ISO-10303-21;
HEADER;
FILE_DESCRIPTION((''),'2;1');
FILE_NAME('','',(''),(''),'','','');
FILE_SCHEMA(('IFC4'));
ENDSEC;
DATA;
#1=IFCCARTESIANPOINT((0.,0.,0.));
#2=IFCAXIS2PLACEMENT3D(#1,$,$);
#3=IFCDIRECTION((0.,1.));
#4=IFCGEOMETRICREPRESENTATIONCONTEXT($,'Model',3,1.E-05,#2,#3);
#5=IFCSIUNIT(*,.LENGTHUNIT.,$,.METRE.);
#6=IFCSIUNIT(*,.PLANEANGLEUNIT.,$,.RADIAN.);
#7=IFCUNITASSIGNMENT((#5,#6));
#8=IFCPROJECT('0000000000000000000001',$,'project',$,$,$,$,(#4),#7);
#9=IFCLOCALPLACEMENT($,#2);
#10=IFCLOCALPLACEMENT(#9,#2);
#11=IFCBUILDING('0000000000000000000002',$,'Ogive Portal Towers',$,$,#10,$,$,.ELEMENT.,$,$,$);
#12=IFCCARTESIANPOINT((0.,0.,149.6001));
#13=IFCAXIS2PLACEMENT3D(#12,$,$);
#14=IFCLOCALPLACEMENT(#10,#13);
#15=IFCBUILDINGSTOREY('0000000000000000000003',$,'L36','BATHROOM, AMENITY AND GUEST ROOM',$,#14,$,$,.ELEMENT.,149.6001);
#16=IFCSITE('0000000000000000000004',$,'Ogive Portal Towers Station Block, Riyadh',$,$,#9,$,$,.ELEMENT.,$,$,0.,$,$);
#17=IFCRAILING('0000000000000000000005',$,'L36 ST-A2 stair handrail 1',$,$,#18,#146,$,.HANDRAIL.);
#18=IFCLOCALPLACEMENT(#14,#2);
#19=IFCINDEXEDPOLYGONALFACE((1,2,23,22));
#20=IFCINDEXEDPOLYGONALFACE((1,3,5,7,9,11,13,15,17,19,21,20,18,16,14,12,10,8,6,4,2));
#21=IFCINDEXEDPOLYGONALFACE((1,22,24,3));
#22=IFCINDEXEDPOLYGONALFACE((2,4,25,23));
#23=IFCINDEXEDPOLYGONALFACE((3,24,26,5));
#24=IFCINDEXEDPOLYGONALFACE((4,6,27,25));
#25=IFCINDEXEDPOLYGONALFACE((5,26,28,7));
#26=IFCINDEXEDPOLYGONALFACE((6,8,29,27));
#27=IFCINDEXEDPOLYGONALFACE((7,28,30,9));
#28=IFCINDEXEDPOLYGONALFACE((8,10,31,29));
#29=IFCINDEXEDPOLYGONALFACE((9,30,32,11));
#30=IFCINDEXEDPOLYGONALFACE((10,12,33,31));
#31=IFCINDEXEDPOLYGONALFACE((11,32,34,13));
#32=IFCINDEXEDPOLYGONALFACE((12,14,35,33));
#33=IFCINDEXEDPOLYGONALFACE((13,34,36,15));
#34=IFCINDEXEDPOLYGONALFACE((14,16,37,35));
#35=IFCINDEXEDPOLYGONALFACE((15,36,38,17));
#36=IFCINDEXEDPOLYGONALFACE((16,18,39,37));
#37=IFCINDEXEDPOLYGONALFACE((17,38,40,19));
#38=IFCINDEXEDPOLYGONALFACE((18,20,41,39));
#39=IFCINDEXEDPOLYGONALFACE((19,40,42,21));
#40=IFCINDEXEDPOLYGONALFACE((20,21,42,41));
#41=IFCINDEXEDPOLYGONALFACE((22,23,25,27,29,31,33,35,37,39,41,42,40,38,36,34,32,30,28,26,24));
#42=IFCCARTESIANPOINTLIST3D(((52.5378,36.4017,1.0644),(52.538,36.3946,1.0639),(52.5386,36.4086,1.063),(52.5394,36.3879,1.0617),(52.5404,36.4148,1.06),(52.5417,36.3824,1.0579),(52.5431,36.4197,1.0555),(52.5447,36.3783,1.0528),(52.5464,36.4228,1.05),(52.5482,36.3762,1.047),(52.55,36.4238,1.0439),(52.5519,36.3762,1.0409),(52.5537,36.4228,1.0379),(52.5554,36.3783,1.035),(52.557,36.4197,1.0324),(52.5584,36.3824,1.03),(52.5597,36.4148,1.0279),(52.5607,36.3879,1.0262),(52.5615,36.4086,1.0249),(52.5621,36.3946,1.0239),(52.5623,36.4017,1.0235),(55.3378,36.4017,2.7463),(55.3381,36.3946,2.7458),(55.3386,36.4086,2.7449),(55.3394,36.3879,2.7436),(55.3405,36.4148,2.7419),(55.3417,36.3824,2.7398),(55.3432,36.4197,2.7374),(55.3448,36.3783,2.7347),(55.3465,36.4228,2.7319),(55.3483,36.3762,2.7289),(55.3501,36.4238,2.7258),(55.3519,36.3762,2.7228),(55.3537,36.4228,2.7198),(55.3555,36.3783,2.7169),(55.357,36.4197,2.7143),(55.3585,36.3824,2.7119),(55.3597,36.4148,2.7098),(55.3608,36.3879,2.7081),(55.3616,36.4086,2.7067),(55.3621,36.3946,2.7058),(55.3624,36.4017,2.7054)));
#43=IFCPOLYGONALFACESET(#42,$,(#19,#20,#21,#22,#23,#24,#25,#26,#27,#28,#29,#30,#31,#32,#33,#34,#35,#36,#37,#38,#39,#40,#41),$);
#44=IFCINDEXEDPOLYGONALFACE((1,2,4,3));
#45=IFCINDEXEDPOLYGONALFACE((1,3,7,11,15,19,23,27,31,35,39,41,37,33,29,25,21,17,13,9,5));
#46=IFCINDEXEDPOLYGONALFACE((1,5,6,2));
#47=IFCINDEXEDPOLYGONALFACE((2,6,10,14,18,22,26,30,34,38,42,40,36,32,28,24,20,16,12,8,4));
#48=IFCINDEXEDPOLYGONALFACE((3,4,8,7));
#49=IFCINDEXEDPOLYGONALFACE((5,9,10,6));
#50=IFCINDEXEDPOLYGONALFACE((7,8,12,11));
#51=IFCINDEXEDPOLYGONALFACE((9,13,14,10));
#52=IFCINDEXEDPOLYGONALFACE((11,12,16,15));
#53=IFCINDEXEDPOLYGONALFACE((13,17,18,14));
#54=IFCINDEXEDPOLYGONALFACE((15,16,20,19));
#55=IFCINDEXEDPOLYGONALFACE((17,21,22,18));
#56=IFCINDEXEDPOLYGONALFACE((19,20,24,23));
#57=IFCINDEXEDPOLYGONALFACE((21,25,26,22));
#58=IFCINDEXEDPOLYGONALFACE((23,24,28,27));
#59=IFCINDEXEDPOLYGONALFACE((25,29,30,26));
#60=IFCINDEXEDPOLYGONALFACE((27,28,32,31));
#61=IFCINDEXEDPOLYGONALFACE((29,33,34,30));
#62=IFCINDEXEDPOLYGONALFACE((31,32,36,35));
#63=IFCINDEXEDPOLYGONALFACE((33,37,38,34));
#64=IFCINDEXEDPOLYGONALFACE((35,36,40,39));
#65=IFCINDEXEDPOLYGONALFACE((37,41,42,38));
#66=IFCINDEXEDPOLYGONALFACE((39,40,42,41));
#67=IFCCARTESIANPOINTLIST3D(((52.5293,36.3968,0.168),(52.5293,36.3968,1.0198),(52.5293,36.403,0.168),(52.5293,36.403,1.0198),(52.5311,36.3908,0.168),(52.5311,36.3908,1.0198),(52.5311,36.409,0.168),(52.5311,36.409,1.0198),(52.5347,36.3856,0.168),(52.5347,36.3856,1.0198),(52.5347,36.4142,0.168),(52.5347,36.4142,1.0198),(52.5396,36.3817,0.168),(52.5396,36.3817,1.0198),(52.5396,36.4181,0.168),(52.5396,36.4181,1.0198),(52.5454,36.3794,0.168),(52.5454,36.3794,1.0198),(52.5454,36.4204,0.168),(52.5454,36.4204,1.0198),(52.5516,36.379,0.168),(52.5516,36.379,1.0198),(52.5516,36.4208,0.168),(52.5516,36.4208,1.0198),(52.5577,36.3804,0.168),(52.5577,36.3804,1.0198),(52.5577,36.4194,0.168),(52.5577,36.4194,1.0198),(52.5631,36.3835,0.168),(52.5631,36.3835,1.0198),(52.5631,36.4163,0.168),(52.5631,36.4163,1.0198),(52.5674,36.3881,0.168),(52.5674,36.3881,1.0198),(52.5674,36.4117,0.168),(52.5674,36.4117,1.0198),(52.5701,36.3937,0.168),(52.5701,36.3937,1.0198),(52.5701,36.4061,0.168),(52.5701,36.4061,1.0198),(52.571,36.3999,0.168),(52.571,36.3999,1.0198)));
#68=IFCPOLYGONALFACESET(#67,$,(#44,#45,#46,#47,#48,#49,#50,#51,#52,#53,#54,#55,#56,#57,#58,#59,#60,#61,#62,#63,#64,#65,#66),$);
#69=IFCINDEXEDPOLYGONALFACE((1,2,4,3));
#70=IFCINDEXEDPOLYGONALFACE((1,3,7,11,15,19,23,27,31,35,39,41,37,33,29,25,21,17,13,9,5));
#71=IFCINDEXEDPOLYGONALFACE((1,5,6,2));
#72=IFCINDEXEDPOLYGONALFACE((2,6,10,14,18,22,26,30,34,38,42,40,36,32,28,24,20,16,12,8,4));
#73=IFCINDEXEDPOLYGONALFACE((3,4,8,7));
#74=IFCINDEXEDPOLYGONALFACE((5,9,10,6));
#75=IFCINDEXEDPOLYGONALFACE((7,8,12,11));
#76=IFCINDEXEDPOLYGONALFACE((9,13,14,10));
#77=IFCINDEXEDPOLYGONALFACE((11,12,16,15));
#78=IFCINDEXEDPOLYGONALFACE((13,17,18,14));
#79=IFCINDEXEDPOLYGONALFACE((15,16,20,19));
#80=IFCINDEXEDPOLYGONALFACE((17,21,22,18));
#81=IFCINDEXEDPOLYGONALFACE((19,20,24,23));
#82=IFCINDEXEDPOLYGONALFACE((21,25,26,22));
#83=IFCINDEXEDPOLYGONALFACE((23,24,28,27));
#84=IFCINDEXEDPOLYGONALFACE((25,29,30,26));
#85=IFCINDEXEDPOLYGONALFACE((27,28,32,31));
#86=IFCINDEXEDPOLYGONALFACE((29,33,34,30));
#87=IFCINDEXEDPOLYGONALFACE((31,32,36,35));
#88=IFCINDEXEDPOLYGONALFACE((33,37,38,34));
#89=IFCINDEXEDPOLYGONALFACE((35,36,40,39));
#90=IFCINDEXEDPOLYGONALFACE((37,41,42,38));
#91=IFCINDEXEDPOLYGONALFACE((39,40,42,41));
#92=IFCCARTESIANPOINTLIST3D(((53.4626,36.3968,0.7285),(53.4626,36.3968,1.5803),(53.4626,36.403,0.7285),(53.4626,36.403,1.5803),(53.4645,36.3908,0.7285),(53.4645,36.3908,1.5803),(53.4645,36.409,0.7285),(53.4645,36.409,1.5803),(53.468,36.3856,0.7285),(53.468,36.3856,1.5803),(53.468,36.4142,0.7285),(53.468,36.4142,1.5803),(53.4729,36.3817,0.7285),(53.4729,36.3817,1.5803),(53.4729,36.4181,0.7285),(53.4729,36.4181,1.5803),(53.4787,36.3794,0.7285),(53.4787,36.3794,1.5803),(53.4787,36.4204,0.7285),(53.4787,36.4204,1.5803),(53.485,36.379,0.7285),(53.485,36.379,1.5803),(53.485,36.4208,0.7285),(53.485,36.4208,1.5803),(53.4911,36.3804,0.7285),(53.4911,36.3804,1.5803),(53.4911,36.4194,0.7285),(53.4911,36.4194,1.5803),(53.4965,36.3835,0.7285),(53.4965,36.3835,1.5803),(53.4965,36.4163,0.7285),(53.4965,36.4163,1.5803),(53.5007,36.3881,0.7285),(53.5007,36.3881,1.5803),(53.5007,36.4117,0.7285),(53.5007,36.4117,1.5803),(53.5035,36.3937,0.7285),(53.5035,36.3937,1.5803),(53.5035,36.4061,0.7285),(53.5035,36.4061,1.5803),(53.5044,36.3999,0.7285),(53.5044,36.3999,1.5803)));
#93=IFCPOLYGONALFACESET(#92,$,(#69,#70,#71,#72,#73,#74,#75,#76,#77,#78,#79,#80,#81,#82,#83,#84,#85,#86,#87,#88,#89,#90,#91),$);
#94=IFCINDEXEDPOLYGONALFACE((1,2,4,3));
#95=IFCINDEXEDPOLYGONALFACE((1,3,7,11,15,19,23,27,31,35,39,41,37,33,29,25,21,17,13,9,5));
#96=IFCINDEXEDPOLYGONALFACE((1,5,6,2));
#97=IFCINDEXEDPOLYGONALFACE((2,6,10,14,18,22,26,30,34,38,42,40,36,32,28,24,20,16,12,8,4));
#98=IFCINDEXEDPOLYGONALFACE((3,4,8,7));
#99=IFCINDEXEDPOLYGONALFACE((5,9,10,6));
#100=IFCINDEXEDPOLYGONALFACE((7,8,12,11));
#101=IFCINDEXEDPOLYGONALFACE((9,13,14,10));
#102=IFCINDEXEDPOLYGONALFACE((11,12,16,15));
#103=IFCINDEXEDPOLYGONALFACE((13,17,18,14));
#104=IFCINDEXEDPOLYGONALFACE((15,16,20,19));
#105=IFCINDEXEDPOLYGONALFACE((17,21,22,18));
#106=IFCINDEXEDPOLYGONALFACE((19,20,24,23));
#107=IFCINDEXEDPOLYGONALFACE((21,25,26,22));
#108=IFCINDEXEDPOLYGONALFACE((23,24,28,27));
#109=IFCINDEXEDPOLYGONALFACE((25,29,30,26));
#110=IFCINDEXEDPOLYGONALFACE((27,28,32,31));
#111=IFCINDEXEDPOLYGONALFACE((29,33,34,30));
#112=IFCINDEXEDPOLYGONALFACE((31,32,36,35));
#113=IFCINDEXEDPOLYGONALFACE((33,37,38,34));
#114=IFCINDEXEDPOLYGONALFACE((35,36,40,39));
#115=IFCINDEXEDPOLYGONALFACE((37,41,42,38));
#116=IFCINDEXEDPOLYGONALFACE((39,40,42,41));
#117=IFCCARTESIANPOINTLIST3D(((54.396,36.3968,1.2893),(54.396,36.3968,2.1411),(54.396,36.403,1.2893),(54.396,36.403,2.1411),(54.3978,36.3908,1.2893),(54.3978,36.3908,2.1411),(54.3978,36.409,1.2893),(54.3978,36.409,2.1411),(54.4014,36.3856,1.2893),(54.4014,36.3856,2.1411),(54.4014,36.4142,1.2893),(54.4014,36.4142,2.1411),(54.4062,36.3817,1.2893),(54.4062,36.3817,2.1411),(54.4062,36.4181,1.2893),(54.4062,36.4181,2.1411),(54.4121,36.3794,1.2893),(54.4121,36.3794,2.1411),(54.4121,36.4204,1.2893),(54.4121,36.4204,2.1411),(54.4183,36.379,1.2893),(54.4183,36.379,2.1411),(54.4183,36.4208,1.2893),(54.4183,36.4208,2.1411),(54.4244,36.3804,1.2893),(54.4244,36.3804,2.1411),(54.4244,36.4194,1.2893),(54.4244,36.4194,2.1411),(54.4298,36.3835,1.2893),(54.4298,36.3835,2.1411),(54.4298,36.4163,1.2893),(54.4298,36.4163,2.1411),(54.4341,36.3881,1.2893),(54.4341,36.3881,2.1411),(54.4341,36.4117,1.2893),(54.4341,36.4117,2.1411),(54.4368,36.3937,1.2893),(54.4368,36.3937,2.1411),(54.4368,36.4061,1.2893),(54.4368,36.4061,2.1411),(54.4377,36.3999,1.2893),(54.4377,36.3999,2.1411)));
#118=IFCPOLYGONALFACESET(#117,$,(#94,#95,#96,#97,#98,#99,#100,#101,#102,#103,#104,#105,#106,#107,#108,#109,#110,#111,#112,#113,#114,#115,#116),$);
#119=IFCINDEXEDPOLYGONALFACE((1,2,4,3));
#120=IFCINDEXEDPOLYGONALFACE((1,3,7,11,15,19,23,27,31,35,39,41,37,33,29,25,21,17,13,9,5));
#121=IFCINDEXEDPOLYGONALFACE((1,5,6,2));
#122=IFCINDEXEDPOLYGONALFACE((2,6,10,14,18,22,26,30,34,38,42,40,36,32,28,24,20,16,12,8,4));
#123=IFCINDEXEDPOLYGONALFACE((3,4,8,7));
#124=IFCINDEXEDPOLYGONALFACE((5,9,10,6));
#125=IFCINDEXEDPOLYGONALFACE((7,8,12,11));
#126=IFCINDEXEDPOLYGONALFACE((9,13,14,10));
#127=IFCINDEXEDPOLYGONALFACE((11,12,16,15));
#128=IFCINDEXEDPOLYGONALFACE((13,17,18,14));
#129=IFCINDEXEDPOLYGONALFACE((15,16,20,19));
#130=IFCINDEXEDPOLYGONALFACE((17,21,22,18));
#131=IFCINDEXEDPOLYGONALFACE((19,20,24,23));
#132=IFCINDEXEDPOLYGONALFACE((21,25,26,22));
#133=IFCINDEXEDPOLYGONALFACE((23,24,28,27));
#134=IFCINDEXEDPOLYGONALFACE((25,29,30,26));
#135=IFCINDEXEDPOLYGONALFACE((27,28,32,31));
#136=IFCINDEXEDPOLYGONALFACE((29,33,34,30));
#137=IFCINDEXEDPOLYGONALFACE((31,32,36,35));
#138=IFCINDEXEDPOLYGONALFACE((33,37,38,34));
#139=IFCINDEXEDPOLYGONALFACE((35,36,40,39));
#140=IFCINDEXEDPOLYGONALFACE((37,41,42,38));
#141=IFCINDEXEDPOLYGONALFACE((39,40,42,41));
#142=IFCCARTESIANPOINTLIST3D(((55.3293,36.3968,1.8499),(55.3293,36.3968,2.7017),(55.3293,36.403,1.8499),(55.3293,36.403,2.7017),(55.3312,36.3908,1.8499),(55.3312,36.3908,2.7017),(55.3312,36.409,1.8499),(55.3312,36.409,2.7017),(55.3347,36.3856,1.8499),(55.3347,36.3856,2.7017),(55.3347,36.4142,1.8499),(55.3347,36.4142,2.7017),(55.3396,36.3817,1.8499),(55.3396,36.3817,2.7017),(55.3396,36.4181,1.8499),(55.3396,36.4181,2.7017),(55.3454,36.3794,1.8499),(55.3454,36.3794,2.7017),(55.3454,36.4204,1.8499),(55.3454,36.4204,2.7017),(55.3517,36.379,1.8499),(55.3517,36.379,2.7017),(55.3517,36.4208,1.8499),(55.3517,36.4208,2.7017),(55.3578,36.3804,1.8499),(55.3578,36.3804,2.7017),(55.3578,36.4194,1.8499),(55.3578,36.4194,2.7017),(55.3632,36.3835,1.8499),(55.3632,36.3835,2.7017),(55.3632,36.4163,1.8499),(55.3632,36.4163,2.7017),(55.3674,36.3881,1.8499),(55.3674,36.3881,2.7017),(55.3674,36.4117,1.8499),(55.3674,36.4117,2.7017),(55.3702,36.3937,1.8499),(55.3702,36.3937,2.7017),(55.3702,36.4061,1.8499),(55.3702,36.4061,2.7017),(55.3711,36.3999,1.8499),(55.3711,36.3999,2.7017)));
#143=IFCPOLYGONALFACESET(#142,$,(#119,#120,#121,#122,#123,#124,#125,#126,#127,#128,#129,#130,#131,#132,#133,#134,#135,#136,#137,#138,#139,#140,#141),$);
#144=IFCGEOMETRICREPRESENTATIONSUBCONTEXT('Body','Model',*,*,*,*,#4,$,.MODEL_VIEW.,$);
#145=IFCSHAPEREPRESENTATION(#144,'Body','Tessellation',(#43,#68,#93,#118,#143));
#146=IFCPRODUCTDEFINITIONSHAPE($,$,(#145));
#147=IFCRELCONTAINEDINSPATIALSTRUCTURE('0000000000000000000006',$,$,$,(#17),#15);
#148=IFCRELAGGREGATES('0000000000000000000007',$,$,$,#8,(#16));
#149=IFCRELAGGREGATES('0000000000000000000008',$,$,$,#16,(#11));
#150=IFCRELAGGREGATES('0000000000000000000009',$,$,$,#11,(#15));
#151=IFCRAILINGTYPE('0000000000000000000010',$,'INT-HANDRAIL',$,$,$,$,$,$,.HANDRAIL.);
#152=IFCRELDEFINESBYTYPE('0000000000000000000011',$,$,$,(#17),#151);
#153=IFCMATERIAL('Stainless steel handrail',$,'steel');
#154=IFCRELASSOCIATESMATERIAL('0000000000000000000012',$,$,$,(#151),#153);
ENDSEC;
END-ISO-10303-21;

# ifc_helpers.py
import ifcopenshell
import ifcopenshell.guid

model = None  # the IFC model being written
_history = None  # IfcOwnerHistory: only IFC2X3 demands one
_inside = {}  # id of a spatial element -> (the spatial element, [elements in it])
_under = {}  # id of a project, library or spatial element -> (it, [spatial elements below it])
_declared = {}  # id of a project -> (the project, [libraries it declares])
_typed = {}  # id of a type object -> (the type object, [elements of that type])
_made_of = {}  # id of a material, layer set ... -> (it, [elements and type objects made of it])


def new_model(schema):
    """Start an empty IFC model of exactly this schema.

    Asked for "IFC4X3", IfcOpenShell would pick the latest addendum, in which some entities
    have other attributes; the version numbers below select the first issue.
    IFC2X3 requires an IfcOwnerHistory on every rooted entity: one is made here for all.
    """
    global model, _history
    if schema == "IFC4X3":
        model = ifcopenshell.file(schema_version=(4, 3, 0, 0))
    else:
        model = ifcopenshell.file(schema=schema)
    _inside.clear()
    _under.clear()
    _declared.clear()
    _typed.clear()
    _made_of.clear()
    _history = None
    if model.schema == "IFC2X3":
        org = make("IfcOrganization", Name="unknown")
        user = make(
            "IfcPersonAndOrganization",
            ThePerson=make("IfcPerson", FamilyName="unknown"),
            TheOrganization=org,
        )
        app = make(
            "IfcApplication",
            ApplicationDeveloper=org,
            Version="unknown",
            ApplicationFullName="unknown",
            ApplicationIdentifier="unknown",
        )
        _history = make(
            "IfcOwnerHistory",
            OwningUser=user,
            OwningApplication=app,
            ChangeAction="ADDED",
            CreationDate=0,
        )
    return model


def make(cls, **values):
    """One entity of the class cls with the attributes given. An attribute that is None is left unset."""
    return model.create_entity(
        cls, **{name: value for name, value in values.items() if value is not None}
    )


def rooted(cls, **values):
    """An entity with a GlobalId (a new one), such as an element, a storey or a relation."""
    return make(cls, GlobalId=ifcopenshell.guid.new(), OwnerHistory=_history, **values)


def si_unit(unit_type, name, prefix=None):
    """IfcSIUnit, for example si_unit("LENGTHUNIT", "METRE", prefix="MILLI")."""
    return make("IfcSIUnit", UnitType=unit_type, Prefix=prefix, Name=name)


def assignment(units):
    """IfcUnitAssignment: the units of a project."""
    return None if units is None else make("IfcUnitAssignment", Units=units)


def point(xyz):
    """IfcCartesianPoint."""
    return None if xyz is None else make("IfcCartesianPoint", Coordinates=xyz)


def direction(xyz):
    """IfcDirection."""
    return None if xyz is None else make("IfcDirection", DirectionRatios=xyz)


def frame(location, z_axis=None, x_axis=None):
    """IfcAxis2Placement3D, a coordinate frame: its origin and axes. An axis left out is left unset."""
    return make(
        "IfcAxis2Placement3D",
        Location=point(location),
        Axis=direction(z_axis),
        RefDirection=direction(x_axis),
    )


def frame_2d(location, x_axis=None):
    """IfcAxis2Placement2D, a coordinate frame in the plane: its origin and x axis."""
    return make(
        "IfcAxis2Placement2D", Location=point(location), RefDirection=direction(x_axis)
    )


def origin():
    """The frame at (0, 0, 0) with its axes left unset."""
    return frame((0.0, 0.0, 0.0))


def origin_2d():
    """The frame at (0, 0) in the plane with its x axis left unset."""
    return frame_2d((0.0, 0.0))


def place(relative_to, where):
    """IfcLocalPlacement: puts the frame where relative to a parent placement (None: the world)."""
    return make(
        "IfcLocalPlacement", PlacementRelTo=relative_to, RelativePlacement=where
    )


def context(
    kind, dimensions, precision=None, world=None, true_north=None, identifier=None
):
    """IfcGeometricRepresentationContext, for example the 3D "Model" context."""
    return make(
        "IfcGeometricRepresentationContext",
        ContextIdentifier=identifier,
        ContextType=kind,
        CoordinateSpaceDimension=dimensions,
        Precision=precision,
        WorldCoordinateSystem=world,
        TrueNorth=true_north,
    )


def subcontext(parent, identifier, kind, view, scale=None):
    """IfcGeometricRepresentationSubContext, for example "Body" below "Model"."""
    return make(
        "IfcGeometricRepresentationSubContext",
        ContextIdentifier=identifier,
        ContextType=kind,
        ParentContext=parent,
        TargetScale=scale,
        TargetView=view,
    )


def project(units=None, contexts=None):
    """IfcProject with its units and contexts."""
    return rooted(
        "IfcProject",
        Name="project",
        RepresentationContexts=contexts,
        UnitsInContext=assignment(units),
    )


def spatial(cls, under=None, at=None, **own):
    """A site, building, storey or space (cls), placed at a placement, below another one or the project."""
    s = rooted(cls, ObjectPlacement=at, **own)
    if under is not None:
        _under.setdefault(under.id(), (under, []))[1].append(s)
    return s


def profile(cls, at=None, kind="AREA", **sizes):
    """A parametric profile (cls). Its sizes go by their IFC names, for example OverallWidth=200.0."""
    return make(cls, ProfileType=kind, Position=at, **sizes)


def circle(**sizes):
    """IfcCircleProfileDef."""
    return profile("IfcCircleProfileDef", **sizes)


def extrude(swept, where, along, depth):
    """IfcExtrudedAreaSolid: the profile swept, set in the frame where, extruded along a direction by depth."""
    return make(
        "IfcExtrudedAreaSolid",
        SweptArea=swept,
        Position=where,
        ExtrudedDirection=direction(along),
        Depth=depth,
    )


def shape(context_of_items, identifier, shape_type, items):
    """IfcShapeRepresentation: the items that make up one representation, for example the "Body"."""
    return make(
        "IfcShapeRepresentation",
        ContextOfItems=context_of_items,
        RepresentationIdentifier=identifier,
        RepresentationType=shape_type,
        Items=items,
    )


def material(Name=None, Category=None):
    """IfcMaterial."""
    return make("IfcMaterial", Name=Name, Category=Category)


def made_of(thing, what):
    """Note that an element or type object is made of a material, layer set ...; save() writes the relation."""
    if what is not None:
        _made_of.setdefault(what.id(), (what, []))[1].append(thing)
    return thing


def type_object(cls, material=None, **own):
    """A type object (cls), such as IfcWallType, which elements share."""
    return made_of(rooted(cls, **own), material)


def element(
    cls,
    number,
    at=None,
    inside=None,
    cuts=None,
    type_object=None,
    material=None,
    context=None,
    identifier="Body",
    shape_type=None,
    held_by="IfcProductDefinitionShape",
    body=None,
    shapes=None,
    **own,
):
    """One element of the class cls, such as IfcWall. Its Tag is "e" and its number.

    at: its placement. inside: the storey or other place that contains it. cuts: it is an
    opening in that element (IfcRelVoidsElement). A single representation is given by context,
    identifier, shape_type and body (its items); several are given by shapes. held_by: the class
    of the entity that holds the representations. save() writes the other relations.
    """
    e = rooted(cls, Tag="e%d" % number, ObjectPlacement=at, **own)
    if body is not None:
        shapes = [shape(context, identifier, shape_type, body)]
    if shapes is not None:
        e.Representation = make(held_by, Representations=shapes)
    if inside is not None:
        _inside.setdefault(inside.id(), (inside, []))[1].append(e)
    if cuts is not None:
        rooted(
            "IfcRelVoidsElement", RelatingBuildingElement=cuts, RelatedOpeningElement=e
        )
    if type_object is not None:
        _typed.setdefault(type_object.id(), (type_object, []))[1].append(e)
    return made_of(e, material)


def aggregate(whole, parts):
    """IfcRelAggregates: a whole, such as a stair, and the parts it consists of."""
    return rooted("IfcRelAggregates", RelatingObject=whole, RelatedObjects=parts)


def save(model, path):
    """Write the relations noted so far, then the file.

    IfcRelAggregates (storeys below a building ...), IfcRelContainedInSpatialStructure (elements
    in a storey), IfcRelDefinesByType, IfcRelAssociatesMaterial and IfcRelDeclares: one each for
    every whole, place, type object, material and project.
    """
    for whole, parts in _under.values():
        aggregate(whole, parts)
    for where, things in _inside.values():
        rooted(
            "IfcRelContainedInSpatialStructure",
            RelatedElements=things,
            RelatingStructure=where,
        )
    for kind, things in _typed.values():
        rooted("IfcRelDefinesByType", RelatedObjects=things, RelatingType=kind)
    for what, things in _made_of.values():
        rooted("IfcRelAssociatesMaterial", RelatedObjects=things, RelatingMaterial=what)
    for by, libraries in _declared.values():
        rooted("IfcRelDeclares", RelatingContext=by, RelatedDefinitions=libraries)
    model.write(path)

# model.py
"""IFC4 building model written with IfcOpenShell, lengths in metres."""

from ifc_helpers import new_model, si_unit, direction, frame, origin, origin_2d, place, context, subcontext, project, spatial, circle, extrude, material, type_object, element, save


model = new_model("IFC4")

# Units and contexts
model_context = context("Model", 3, precision=1e-05, world=origin(), true_north=direction((0.0, 1.0)))
body_context = subcontext(model_context, "Body", "Model", "MODEL_VIEW")
ifc_project = project(units=[si_unit("LENGTHUNIT", "METRE"), si_unit("PLANEANGLEUNIT", "RADIAN")], contexts=[model_context])

# Site, building, storey
site_placement = place(None, origin())
site = spatial("IfcSite", under=ifc_project, at=site_placement, Name="Ogive Portal Towers Station Block, Riyadh", CompositionType="ELEMENT", RefElevation=0.0)
building_placement = place(site_placement, origin())
building = spatial("IfcBuilding", under=site, at=building_placement, Name="Ogive Portal Towers", CompositionType="ELEMENT")
storey_placement = place(building_placement, frame((0.0, 0.0, 149.6001)))
storey = spatial("IfcBuildingStorey", under=building, at=storey_placement, Name="L36", Description="BATHROOM, AMENITY AND GUEST ROOM", CompositionType="ELEMENT", Elevation=149.6001)

# Railing
ifc_material_1 = material(Name="Stainless steel handrail", Category="steel")
railing_type_1 = type_object("IfcRailingType", Name="INT-HANDRAIL", PredefinedType="HANDRAIL", material=ifc_material_1)
railing_1_placement = place(storey_placement, frame((52.55, 36.3999, 0.168)))
element("IfcRailing", 1, at=railing_1_placement, inside=storey, type_object=railing_type_1, Name="L36 ST-A2 stair handrail 1", PredefinedType="HANDRAIL", context=body_context, shape_type="SweptSolid", body=[
    extrude(circle(Radius=0.0239, at=origin_2d()), frame((0.0, 0.0, 0.876), z_axis=(0.857242, 0.0, 0.514913), x_axis=(0.0, 1.0, 0.0)), (0.0, 0.0, 1.0), 3.2664),
    extrude(circle(Radius=0.021, at=origin_2d()), origin(), (0.0, 0.0, 1.0), 0.8518),
    extrude(circle(Radius=0.021, at=origin_2d()), frame((0.9333, 0.0, 0.5605)), (0.0, 0.0, 1.0), 0.8518),
    extrude(circle(Radius=0.021, at=origin_2d()), frame((1.8667, 0.0, 1.1213)), (0.0, 0.0, 1.0), 0.8518),
    extrude(circle(Radius=0.021, at=origin_2d()), frame((2.8, 0.0, 1.6819)), (0.0, 0.0, 1.0), 0.8518),
])

save(model, "model.ifc")
